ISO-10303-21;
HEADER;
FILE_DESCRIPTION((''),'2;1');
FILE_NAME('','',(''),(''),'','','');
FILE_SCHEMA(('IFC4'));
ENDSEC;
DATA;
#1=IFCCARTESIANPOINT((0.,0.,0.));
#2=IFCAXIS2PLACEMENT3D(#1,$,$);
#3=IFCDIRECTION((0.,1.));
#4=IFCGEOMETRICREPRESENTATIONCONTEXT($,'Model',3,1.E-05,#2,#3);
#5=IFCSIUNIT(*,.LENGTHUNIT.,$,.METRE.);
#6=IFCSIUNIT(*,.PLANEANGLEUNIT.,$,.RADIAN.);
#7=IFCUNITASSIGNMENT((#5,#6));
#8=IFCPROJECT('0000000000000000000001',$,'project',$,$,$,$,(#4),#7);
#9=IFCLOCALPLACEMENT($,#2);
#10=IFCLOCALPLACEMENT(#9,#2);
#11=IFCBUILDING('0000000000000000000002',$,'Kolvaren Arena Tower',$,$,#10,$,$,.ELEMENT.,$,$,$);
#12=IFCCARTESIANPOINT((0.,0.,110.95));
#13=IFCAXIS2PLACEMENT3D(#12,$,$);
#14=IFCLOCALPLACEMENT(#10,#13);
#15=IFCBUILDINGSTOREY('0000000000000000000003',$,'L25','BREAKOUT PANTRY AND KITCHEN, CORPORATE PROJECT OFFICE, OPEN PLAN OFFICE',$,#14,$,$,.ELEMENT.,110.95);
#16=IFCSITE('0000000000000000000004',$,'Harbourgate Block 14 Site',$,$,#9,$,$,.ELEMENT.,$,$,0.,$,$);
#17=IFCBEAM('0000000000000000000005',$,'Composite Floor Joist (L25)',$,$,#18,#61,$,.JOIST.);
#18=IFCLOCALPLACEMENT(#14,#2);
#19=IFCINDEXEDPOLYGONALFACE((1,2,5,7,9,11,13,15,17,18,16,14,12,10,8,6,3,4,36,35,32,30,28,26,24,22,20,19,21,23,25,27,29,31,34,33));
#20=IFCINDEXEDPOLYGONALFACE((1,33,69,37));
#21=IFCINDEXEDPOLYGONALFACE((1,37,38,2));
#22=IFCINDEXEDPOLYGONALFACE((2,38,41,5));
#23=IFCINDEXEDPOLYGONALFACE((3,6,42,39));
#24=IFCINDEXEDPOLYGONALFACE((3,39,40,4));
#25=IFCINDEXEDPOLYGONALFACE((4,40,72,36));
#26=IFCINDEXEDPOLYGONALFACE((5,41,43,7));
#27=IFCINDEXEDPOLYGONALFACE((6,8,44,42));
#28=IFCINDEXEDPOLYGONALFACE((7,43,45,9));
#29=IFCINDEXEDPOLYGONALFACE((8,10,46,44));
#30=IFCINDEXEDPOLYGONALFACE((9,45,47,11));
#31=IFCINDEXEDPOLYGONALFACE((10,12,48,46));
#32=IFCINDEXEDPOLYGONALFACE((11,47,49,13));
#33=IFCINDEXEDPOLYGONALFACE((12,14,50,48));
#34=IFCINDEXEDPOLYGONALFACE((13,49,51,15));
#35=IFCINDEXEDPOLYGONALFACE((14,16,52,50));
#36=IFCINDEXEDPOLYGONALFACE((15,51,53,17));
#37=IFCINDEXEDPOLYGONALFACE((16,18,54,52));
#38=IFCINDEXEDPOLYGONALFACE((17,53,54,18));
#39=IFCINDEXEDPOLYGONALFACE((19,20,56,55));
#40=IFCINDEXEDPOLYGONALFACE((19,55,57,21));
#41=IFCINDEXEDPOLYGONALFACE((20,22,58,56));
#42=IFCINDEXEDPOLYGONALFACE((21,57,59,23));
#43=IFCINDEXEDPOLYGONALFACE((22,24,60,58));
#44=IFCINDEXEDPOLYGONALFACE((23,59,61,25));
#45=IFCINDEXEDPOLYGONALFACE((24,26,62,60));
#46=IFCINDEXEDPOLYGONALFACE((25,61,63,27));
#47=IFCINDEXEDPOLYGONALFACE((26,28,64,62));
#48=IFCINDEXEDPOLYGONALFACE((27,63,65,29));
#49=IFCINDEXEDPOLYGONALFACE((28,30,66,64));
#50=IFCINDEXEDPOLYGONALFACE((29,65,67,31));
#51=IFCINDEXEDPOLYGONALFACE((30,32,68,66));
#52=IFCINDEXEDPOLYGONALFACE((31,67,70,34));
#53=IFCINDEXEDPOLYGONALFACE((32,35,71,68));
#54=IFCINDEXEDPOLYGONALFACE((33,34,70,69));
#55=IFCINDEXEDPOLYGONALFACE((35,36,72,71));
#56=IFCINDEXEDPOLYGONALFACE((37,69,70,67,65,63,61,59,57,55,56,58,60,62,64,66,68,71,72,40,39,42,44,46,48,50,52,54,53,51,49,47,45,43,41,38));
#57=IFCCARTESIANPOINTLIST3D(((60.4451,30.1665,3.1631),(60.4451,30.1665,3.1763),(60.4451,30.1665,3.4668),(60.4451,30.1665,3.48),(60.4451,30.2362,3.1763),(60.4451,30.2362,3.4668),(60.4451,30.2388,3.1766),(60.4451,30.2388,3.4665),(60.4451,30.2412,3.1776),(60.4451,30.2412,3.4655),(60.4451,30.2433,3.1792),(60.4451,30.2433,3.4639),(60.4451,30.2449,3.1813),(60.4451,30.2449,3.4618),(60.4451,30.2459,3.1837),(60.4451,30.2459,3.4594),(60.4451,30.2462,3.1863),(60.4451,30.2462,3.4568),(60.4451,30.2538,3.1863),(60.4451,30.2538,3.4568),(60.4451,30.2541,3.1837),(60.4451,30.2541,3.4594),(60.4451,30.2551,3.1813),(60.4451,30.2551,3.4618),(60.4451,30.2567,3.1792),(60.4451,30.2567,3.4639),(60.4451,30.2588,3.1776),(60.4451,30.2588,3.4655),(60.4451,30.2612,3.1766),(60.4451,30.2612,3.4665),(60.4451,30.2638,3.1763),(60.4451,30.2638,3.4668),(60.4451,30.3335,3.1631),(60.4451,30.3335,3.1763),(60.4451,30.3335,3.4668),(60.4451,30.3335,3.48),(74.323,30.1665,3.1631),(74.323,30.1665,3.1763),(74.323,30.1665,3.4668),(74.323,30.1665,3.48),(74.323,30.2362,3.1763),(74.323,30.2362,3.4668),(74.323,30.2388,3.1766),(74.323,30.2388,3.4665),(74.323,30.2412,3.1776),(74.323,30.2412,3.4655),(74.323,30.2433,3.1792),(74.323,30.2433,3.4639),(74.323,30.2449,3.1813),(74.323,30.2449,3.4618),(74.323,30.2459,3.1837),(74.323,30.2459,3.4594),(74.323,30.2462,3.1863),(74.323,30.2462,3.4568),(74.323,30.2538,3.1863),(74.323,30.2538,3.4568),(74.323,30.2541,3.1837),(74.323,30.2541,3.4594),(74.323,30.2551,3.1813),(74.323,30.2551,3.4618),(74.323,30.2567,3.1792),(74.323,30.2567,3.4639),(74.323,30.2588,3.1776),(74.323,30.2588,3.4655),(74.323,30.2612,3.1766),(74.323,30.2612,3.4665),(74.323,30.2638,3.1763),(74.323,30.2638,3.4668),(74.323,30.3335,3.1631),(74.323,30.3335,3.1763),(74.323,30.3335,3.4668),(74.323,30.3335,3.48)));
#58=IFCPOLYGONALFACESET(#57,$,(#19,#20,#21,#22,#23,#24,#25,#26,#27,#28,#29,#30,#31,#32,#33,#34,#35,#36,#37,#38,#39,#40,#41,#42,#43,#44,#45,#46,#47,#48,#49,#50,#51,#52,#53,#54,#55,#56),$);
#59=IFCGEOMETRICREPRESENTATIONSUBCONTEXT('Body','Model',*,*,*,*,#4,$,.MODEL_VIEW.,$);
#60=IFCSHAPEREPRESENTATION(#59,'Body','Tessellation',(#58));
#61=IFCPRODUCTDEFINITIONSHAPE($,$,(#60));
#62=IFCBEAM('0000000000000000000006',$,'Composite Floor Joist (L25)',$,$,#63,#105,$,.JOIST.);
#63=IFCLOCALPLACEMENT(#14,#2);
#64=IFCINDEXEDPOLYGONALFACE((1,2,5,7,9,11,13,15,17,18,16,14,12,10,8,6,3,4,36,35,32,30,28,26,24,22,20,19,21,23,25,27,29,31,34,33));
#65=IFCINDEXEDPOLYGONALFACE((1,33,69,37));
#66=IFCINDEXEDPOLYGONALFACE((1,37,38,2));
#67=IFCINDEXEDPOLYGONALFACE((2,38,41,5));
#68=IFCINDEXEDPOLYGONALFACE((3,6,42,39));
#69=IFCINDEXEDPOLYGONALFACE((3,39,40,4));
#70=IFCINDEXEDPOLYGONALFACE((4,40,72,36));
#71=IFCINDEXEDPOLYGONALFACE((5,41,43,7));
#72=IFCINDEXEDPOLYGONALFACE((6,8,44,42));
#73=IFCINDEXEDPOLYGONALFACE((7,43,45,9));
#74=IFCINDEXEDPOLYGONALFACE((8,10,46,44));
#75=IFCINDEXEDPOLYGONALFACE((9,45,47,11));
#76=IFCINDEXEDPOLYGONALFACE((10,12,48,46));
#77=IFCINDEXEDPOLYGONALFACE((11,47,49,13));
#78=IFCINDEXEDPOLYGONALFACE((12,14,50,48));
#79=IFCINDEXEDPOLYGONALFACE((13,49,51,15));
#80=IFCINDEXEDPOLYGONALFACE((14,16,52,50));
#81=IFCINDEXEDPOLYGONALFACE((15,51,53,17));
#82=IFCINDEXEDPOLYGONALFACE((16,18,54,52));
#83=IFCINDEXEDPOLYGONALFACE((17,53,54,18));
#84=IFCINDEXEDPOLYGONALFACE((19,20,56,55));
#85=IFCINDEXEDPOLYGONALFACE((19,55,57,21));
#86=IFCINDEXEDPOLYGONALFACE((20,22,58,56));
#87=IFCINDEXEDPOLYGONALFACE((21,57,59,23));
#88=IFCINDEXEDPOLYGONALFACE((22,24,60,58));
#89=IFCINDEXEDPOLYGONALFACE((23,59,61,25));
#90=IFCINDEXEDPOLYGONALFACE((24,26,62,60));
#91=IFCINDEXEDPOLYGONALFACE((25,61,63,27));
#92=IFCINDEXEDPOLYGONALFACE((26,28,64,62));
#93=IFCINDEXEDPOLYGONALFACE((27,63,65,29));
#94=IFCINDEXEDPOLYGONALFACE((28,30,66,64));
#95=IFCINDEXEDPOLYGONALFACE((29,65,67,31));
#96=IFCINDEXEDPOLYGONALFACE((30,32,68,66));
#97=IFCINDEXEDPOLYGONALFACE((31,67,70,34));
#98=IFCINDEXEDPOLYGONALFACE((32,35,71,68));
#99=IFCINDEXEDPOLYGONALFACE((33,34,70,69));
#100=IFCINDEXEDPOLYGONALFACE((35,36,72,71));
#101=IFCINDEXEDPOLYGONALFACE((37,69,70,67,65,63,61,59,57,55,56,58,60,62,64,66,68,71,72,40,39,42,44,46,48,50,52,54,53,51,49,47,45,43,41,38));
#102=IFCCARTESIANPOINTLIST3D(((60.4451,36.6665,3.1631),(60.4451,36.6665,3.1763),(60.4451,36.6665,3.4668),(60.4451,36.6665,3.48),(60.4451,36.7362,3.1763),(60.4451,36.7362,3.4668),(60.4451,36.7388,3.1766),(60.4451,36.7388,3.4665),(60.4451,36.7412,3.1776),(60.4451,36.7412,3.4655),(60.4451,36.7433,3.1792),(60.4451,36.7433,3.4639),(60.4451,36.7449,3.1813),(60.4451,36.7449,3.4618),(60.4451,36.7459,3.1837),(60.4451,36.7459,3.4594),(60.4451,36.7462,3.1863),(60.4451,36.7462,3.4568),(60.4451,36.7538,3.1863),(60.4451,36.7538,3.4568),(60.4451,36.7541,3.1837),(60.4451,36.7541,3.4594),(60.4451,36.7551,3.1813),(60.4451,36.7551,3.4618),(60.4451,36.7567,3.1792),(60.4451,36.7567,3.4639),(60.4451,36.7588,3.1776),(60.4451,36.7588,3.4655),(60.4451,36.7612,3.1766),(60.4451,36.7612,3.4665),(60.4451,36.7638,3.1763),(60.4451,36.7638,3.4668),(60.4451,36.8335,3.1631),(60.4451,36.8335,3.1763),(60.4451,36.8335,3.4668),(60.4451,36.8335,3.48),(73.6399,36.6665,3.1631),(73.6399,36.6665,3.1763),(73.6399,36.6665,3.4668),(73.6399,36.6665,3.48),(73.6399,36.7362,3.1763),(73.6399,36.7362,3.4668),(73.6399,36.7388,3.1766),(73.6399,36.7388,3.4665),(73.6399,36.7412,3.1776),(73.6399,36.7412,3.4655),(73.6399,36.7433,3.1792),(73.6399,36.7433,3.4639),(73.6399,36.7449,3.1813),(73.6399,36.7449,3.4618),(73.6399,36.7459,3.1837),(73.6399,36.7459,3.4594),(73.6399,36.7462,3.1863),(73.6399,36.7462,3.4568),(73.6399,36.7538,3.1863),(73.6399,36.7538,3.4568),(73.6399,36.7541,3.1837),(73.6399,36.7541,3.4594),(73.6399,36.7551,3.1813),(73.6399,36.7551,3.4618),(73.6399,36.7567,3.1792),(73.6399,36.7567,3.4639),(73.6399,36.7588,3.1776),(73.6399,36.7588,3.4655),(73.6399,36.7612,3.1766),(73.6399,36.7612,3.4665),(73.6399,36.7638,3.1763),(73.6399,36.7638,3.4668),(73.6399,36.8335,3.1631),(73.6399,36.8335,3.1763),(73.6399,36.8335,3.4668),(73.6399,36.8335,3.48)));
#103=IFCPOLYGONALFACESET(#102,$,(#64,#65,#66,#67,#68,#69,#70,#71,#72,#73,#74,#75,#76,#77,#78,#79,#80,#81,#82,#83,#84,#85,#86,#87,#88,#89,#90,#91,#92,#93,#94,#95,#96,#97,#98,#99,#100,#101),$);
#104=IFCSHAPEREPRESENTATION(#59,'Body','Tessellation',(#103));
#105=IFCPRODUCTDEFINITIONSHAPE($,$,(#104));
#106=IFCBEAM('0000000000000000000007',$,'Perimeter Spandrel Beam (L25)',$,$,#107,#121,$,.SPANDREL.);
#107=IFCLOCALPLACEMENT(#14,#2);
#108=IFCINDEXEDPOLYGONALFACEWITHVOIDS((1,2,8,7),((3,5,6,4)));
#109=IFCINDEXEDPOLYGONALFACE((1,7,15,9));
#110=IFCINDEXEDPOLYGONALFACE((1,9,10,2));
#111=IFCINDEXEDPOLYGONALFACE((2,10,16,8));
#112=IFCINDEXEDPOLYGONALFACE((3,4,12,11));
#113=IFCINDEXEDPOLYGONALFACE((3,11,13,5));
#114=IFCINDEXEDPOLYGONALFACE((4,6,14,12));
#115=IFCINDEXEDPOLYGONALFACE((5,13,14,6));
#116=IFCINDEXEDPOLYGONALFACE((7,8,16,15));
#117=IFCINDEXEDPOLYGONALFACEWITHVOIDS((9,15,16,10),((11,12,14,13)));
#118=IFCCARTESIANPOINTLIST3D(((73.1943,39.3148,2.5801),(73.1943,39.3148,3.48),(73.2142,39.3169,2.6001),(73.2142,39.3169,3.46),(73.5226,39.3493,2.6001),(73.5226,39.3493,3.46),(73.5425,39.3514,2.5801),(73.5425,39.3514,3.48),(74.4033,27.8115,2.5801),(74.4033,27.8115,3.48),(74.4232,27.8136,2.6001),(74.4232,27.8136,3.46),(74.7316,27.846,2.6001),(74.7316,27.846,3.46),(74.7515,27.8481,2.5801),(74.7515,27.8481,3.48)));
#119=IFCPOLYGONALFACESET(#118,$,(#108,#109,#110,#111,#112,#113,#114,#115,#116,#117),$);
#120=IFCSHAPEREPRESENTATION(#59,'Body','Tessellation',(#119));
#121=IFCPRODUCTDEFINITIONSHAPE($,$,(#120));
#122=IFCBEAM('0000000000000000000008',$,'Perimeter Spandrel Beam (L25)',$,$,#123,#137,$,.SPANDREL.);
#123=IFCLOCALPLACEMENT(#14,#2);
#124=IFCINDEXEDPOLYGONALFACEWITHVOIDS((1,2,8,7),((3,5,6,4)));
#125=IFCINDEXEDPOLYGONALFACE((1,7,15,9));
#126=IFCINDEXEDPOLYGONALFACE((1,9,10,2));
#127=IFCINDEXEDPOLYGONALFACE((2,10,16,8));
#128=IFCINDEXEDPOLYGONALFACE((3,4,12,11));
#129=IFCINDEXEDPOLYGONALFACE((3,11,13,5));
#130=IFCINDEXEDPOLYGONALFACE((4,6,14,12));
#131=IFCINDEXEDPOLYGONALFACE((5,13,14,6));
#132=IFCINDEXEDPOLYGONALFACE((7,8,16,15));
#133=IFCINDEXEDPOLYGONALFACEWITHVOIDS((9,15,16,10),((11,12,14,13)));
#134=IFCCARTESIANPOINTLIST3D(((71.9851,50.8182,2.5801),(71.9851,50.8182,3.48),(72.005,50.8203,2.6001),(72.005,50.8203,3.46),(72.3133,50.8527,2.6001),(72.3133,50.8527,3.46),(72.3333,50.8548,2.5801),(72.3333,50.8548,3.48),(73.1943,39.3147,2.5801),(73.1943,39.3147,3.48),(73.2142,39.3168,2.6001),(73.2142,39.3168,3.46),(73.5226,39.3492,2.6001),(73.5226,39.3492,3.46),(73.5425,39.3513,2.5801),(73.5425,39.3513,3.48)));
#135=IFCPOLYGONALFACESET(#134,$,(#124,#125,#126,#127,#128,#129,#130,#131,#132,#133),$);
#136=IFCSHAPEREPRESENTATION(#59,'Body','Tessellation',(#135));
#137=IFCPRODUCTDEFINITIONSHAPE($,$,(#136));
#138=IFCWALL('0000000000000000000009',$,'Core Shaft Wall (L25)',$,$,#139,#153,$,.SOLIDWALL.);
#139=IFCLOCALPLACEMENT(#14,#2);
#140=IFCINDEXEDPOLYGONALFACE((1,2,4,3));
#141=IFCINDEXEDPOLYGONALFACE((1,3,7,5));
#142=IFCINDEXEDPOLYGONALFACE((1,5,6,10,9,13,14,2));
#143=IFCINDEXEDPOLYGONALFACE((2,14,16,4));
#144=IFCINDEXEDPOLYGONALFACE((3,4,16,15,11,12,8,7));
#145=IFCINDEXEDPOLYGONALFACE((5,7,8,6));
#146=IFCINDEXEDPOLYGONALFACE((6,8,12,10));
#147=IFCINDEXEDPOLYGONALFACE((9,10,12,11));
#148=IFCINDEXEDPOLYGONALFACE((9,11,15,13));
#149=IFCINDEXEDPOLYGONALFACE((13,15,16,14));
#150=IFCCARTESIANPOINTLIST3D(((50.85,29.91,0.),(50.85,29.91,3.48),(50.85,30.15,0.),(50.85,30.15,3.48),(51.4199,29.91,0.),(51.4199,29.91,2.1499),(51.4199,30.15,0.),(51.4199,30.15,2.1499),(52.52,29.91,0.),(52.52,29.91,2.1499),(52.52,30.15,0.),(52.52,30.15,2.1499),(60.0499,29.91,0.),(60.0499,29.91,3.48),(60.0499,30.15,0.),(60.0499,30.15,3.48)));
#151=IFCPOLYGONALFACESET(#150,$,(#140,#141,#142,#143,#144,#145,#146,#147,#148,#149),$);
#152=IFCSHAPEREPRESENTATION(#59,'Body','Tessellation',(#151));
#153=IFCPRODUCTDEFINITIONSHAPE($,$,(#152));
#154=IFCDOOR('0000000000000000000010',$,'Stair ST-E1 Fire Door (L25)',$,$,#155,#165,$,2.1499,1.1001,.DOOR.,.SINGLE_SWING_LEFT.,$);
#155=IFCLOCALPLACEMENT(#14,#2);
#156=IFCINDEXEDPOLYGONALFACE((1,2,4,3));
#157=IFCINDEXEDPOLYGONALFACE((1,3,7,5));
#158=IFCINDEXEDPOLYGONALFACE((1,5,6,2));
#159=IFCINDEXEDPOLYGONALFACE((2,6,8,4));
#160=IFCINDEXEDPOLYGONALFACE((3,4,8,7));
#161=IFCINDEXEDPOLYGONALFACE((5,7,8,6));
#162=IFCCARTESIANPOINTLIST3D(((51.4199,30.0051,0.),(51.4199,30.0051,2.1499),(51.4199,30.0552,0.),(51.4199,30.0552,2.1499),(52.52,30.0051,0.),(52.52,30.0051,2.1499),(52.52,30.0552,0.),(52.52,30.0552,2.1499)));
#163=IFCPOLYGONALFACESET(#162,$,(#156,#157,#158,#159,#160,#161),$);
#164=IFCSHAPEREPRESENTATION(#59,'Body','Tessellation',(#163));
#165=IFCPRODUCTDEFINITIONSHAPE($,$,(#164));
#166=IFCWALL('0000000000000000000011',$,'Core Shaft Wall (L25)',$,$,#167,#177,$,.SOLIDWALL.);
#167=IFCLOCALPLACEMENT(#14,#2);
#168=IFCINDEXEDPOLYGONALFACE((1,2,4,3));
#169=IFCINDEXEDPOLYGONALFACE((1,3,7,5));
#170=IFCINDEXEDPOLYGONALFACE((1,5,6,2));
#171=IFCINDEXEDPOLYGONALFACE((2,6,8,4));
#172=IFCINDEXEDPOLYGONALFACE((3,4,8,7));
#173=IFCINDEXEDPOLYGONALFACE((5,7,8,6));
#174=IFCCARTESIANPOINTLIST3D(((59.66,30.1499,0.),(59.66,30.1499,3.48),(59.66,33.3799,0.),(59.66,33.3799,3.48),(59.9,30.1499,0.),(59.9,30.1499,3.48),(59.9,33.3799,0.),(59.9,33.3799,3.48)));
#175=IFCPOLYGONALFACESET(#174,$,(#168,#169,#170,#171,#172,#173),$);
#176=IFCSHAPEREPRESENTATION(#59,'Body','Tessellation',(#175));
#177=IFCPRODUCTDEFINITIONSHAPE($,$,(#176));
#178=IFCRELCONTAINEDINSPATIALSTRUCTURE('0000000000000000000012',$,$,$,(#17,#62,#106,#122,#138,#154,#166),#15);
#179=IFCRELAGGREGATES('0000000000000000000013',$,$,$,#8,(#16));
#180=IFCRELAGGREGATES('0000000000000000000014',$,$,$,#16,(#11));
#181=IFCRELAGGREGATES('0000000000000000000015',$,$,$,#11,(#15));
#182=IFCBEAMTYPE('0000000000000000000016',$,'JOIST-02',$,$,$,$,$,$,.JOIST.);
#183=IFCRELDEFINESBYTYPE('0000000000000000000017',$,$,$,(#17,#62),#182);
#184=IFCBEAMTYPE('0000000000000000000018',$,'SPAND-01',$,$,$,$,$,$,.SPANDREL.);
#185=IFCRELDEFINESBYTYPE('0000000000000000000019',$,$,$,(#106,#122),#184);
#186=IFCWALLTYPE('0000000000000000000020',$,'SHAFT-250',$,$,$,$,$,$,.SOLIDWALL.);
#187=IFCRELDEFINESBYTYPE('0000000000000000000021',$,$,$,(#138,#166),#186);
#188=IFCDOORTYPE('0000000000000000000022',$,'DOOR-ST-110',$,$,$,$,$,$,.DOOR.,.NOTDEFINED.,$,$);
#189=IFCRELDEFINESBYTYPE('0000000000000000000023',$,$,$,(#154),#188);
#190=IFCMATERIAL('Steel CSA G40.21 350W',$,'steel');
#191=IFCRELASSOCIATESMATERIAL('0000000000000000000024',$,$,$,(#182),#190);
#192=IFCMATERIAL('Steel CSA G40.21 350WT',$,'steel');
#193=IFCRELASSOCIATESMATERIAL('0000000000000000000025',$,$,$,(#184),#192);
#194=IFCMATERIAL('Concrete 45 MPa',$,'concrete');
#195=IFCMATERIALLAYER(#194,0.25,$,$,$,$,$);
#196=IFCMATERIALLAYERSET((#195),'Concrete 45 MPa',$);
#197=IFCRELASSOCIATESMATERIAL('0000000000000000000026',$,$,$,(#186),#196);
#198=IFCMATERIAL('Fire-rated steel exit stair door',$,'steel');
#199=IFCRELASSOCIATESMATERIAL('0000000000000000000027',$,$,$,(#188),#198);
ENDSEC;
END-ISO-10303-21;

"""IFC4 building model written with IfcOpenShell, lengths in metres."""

from ifc_helpers import new_model, si_unit, direction, frame, frame_2d, origin, origin_2d, place, context, subcontext, project, spatial, rectangle, hollow_rectangle, i_section, extrude, material, layer, layer_set, material_profile, profile_set, type_object, element, fill, save


model = new_model("IFC4")

# Units and contexts
model_context = context("Model", 3, precision=1e-05, world=origin(), true_north=direction((0.0, 1.0)))
body_context = subcontext(model_context, "Body", "Model", "MODEL_VIEW")
ifc_project = project(units=[si_unit("LENGTHUNIT", "METRE"), si_unit("PLANEANGLEUNIT", "RADIAN")], contexts=[model_context])

# Site, building, storey
site_placement = place(None, origin())
site = spatial("IfcSite", under=ifc_project, at=site_placement, Name="Harbourgate Block 14 Site", CompositionType="ELEMENT", RefElevation=0.0)
building_placement = place(site_placement, origin())
building = spatial("IfcBuilding", under=site, at=building_placement, Name="Kolvaren Arena Tower", CompositionType="ELEMENT")
storey_placement = place(building_placement, frame((0.0, 0.0, 110.95)))
storey = spatial("IfcBuildingStorey", under=building, at=storey_placement, Name="L25", Description="BREAKOUT PANTRY AND KITCHEN, CORPORATE PROJECT OFFICE, OPEN PLAN OFFICE", CompositionType="ELEMENT", Elevation=110.95)

# Beams
ifc_material_1 = material(Name="Steel CSA G40.21 350W", Category="steel")
ifc_material_profile_1 = material_profile(ifc_material_1, i_section(OverallWidth=0.167, OverallDepth=0.3169, WebThickness=0.0076, FlangeThickness=0.0132, FilletRadius=0.01, at=origin_2d()), Name="W310x52")
ifc_profile_set_1 = profile_set([ifc_material_profile_1], Name="Steel CSA G40.21 350W")
beam_type_1 = type_object("IfcBeamType", Name="JOIST-02", PredefinedType="JOIST", material=ifc_profile_set_1)
beam_1_placement = place(storey_placement, frame((60.4451, 30.25, 3.3215), z_axis=(1.0, 0.0, 0.0), x_axis=(0.0, 1.0, 0.0)))
element("IfcBeam", 1, at=beam_1_placement, inside=storey, type_object=beam_type_1, Name="Composite Floor Joist (L25)", PredefinedType="JOIST", context=body_context, shape_type="SweptSolid", body=[
    extrude(i_section(OverallWidth=0.167, OverallDepth=0.3169, WebThickness=0.0076, FlangeThickness=0.0132, FilletRadius=0.01, at=origin_2d()), origin(), (0.0, 0.0, 1.0), 13.8779),
])
beam_2_placement = place(storey_placement, frame((60.4451, 36.75, 3.3215), z_axis=(1.0, 0.0, 0.0), x_axis=(0.0, 1.0, 0.0)))
element("IfcBeam", 2, at=beam_2_placement, inside=storey, type_object=beam_type_1, Name="Composite Floor Joist (L25)", PredefinedType="JOIST", context=body_context, shape_type="SweptSolid", body=[
    extrude(i_section(OverallWidth=0.167, OverallDepth=0.3169, WebThickness=0.0076, FlangeThickness=0.0132, FilletRadius=0.01, at=origin_2d()), origin(), (0.0, 0.0, 1.0), 13.1948),
])
ifc_material_2 = material(Name="Steel CSA G40.21 350WT", Category="steel")
ifc_material_profile_2 = material_profile(ifc_material_2, hollow_rectangle(XDim=0.3501, YDim=0.8999, WallThickness=0.02, at=origin_2d()), Name="HSS 900x350x20")
ifc_profile_set_2 = profile_set([ifc_material_profile_2], Name="Steel CSA G40.21 350WT")
beam_type_2 = type_object("IfcBeamType", Name="SPAND-01", PredefinedType="SPANDREL", material=ifc_profile_set_2)
beam_3_placement = place(storey_placement, frame((74.5774, 27.8298, 3.03), z_axis=(-0.104524, 0.994522, 0.0), x_axis=(-0.994522, -0.104524, 0.0)))
element("IfcBeam", 3, at=beam_3_placement, inside=storey, type_object=beam_type_2, Name="Perimeter Spandrel Beam (L25)", PredefinedType="SPANDREL", context=body_context, shape_type="SweptSolid", body=[
    extrude(hollow_rectangle(XDim=0.3501, YDim=0.8999, WallThickness=0.02, at=origin_2d()), origin(), (0.0, 0.0, 1.0), 11.5667),
])
beam_4_placement = place(storey_placement, frame((73.3684, 39.333, 3.03), z_axis=(-0.104543, 0.99452, 0.0), x_axis=(-0.99452, -0.104543, 0.0)))
element("IfcBeam", 4, at=beam_4_placement, inside=storey, type_object=beam_type_2, Name="Perimeter Spandrel Beam (L25)", PredefinedType="SPANDREL", context=body_context, shape_type="SweptSolid", body=[
    extrude(hollow_rectangle(XDim=0.3501, YDim=0.8999, WallThickness=0.02, at=origin_2d()), origin(), (0.0, 0.0, 1.0), 11.5669),
])

# Wall, opening, door
ifc_material_3 = material(Name="Concrete 45 MPa", Category="concrete")
ifc_layer = layer(ifc_material_3, 0.25)
ifc_layer_set = layer_set([ifc_layer], Name="Concrete 45 MPa")
wall_type = type_object("IfcWallType", Name="SHAFT-250", PredefinedType="SOLIDWALL", material=ifc_layer_set)
wall_1_placement = place(storey_placement, frame((60.05, 30.03, 0.0), z_axis=(0.0, 0.0, 1.0), x_axis=(-1.0, 0.0, 0.0)))
wall_1 = element("IfcWall", 5, at=wall_1_placement, inside=storey, type_object=wall_type, Name="Core Shaft Wall (L25)", PredefinedType="SOLIDWALL", context=body_context, shape_type="SweptSolid", body=[
    extrude(rectangle(XDim=9.2, YDim=0.24, at=frame_2d((4.6001, 0.0))), origin(), (0.0, 0.0, 1.0), 3.48),
])
opening_1_placement = place(wall_1_placement, frame((7.53, 0.0, 0.0)))
opening_1 = element("IfcOpeningElement", 6, at=opening_1_placement, cuts=wall_1, PredefinedType="OPENING", context=body_context, shape_type="SweptSolid", body=[
    extrude(rectangle(XDim=1.1001, YDim=2.1499, at=frame_2d((0.55, 1.075))), frame((0.0, 0.1299, 0.0), z_axis=(0.0, -1.0, 0.0), x_axis=(1.0, 0.0, 0.0)), (0.0, 0.0, 1.0), 0.26),
])
ifc_material_4 = material(Name="Fire-rated steel exit stair door", Category="steel")
door_type = type_object("IfcDoorType", Name="DOOR-ST-110", OperationType="NOTDEFINED", PredefinedType="DOOR", material=ifc_material_4)
door_1_placement = place(opening_1_placement, origin())
door_1 = element("IfcDoor", 7, at=door_1_placement, inside=storey, type_object=door_type, Name="Stair ST-E1 Fire Door (L25)", OperationType="SINGLE_SWING_LEFT", OverallHeight=2.1499, OverallWidth=1.1001, PredefinedType="DOOR", context=body_context, shape_type="SweptSolid", body=[
    extrude(rectangle(XDim=1.1001, YDim=2.1499, at=frame_2d((0.55, 1.075))), frame((0.0, 0.0249, 0.0), z_axis=(0.0, -1.0, 0.0), x_axis=(1.0, 0.0, 0.0)), (0.0, 0.0, 1.0), 0.05),
])
fill(opening_1, door_1)

# Wall
wall_2_placement = place(storey_placement, frame((59.78, 30.1499, 0.0), z_axis=(0.0, 0.0, 1.0), x_axis=(0.0, 1.0, 0.0)))
element("IfcWall", 8, at=wall_2_placement, inside=storey, type_object=wall_type, Name="Core Shaft Wall (L25)", PredefinedType="SOLIDWALL", context=body_context, shape_type="SweptSolid", body=[
    extrude(rectangle(XDim=3.23, YDim=0.24, at=frame_2d((1.615, 0.0))), origin(), (0.0, 0.0, 1.0), 3.48),
])

save(model, "model.ifc")
